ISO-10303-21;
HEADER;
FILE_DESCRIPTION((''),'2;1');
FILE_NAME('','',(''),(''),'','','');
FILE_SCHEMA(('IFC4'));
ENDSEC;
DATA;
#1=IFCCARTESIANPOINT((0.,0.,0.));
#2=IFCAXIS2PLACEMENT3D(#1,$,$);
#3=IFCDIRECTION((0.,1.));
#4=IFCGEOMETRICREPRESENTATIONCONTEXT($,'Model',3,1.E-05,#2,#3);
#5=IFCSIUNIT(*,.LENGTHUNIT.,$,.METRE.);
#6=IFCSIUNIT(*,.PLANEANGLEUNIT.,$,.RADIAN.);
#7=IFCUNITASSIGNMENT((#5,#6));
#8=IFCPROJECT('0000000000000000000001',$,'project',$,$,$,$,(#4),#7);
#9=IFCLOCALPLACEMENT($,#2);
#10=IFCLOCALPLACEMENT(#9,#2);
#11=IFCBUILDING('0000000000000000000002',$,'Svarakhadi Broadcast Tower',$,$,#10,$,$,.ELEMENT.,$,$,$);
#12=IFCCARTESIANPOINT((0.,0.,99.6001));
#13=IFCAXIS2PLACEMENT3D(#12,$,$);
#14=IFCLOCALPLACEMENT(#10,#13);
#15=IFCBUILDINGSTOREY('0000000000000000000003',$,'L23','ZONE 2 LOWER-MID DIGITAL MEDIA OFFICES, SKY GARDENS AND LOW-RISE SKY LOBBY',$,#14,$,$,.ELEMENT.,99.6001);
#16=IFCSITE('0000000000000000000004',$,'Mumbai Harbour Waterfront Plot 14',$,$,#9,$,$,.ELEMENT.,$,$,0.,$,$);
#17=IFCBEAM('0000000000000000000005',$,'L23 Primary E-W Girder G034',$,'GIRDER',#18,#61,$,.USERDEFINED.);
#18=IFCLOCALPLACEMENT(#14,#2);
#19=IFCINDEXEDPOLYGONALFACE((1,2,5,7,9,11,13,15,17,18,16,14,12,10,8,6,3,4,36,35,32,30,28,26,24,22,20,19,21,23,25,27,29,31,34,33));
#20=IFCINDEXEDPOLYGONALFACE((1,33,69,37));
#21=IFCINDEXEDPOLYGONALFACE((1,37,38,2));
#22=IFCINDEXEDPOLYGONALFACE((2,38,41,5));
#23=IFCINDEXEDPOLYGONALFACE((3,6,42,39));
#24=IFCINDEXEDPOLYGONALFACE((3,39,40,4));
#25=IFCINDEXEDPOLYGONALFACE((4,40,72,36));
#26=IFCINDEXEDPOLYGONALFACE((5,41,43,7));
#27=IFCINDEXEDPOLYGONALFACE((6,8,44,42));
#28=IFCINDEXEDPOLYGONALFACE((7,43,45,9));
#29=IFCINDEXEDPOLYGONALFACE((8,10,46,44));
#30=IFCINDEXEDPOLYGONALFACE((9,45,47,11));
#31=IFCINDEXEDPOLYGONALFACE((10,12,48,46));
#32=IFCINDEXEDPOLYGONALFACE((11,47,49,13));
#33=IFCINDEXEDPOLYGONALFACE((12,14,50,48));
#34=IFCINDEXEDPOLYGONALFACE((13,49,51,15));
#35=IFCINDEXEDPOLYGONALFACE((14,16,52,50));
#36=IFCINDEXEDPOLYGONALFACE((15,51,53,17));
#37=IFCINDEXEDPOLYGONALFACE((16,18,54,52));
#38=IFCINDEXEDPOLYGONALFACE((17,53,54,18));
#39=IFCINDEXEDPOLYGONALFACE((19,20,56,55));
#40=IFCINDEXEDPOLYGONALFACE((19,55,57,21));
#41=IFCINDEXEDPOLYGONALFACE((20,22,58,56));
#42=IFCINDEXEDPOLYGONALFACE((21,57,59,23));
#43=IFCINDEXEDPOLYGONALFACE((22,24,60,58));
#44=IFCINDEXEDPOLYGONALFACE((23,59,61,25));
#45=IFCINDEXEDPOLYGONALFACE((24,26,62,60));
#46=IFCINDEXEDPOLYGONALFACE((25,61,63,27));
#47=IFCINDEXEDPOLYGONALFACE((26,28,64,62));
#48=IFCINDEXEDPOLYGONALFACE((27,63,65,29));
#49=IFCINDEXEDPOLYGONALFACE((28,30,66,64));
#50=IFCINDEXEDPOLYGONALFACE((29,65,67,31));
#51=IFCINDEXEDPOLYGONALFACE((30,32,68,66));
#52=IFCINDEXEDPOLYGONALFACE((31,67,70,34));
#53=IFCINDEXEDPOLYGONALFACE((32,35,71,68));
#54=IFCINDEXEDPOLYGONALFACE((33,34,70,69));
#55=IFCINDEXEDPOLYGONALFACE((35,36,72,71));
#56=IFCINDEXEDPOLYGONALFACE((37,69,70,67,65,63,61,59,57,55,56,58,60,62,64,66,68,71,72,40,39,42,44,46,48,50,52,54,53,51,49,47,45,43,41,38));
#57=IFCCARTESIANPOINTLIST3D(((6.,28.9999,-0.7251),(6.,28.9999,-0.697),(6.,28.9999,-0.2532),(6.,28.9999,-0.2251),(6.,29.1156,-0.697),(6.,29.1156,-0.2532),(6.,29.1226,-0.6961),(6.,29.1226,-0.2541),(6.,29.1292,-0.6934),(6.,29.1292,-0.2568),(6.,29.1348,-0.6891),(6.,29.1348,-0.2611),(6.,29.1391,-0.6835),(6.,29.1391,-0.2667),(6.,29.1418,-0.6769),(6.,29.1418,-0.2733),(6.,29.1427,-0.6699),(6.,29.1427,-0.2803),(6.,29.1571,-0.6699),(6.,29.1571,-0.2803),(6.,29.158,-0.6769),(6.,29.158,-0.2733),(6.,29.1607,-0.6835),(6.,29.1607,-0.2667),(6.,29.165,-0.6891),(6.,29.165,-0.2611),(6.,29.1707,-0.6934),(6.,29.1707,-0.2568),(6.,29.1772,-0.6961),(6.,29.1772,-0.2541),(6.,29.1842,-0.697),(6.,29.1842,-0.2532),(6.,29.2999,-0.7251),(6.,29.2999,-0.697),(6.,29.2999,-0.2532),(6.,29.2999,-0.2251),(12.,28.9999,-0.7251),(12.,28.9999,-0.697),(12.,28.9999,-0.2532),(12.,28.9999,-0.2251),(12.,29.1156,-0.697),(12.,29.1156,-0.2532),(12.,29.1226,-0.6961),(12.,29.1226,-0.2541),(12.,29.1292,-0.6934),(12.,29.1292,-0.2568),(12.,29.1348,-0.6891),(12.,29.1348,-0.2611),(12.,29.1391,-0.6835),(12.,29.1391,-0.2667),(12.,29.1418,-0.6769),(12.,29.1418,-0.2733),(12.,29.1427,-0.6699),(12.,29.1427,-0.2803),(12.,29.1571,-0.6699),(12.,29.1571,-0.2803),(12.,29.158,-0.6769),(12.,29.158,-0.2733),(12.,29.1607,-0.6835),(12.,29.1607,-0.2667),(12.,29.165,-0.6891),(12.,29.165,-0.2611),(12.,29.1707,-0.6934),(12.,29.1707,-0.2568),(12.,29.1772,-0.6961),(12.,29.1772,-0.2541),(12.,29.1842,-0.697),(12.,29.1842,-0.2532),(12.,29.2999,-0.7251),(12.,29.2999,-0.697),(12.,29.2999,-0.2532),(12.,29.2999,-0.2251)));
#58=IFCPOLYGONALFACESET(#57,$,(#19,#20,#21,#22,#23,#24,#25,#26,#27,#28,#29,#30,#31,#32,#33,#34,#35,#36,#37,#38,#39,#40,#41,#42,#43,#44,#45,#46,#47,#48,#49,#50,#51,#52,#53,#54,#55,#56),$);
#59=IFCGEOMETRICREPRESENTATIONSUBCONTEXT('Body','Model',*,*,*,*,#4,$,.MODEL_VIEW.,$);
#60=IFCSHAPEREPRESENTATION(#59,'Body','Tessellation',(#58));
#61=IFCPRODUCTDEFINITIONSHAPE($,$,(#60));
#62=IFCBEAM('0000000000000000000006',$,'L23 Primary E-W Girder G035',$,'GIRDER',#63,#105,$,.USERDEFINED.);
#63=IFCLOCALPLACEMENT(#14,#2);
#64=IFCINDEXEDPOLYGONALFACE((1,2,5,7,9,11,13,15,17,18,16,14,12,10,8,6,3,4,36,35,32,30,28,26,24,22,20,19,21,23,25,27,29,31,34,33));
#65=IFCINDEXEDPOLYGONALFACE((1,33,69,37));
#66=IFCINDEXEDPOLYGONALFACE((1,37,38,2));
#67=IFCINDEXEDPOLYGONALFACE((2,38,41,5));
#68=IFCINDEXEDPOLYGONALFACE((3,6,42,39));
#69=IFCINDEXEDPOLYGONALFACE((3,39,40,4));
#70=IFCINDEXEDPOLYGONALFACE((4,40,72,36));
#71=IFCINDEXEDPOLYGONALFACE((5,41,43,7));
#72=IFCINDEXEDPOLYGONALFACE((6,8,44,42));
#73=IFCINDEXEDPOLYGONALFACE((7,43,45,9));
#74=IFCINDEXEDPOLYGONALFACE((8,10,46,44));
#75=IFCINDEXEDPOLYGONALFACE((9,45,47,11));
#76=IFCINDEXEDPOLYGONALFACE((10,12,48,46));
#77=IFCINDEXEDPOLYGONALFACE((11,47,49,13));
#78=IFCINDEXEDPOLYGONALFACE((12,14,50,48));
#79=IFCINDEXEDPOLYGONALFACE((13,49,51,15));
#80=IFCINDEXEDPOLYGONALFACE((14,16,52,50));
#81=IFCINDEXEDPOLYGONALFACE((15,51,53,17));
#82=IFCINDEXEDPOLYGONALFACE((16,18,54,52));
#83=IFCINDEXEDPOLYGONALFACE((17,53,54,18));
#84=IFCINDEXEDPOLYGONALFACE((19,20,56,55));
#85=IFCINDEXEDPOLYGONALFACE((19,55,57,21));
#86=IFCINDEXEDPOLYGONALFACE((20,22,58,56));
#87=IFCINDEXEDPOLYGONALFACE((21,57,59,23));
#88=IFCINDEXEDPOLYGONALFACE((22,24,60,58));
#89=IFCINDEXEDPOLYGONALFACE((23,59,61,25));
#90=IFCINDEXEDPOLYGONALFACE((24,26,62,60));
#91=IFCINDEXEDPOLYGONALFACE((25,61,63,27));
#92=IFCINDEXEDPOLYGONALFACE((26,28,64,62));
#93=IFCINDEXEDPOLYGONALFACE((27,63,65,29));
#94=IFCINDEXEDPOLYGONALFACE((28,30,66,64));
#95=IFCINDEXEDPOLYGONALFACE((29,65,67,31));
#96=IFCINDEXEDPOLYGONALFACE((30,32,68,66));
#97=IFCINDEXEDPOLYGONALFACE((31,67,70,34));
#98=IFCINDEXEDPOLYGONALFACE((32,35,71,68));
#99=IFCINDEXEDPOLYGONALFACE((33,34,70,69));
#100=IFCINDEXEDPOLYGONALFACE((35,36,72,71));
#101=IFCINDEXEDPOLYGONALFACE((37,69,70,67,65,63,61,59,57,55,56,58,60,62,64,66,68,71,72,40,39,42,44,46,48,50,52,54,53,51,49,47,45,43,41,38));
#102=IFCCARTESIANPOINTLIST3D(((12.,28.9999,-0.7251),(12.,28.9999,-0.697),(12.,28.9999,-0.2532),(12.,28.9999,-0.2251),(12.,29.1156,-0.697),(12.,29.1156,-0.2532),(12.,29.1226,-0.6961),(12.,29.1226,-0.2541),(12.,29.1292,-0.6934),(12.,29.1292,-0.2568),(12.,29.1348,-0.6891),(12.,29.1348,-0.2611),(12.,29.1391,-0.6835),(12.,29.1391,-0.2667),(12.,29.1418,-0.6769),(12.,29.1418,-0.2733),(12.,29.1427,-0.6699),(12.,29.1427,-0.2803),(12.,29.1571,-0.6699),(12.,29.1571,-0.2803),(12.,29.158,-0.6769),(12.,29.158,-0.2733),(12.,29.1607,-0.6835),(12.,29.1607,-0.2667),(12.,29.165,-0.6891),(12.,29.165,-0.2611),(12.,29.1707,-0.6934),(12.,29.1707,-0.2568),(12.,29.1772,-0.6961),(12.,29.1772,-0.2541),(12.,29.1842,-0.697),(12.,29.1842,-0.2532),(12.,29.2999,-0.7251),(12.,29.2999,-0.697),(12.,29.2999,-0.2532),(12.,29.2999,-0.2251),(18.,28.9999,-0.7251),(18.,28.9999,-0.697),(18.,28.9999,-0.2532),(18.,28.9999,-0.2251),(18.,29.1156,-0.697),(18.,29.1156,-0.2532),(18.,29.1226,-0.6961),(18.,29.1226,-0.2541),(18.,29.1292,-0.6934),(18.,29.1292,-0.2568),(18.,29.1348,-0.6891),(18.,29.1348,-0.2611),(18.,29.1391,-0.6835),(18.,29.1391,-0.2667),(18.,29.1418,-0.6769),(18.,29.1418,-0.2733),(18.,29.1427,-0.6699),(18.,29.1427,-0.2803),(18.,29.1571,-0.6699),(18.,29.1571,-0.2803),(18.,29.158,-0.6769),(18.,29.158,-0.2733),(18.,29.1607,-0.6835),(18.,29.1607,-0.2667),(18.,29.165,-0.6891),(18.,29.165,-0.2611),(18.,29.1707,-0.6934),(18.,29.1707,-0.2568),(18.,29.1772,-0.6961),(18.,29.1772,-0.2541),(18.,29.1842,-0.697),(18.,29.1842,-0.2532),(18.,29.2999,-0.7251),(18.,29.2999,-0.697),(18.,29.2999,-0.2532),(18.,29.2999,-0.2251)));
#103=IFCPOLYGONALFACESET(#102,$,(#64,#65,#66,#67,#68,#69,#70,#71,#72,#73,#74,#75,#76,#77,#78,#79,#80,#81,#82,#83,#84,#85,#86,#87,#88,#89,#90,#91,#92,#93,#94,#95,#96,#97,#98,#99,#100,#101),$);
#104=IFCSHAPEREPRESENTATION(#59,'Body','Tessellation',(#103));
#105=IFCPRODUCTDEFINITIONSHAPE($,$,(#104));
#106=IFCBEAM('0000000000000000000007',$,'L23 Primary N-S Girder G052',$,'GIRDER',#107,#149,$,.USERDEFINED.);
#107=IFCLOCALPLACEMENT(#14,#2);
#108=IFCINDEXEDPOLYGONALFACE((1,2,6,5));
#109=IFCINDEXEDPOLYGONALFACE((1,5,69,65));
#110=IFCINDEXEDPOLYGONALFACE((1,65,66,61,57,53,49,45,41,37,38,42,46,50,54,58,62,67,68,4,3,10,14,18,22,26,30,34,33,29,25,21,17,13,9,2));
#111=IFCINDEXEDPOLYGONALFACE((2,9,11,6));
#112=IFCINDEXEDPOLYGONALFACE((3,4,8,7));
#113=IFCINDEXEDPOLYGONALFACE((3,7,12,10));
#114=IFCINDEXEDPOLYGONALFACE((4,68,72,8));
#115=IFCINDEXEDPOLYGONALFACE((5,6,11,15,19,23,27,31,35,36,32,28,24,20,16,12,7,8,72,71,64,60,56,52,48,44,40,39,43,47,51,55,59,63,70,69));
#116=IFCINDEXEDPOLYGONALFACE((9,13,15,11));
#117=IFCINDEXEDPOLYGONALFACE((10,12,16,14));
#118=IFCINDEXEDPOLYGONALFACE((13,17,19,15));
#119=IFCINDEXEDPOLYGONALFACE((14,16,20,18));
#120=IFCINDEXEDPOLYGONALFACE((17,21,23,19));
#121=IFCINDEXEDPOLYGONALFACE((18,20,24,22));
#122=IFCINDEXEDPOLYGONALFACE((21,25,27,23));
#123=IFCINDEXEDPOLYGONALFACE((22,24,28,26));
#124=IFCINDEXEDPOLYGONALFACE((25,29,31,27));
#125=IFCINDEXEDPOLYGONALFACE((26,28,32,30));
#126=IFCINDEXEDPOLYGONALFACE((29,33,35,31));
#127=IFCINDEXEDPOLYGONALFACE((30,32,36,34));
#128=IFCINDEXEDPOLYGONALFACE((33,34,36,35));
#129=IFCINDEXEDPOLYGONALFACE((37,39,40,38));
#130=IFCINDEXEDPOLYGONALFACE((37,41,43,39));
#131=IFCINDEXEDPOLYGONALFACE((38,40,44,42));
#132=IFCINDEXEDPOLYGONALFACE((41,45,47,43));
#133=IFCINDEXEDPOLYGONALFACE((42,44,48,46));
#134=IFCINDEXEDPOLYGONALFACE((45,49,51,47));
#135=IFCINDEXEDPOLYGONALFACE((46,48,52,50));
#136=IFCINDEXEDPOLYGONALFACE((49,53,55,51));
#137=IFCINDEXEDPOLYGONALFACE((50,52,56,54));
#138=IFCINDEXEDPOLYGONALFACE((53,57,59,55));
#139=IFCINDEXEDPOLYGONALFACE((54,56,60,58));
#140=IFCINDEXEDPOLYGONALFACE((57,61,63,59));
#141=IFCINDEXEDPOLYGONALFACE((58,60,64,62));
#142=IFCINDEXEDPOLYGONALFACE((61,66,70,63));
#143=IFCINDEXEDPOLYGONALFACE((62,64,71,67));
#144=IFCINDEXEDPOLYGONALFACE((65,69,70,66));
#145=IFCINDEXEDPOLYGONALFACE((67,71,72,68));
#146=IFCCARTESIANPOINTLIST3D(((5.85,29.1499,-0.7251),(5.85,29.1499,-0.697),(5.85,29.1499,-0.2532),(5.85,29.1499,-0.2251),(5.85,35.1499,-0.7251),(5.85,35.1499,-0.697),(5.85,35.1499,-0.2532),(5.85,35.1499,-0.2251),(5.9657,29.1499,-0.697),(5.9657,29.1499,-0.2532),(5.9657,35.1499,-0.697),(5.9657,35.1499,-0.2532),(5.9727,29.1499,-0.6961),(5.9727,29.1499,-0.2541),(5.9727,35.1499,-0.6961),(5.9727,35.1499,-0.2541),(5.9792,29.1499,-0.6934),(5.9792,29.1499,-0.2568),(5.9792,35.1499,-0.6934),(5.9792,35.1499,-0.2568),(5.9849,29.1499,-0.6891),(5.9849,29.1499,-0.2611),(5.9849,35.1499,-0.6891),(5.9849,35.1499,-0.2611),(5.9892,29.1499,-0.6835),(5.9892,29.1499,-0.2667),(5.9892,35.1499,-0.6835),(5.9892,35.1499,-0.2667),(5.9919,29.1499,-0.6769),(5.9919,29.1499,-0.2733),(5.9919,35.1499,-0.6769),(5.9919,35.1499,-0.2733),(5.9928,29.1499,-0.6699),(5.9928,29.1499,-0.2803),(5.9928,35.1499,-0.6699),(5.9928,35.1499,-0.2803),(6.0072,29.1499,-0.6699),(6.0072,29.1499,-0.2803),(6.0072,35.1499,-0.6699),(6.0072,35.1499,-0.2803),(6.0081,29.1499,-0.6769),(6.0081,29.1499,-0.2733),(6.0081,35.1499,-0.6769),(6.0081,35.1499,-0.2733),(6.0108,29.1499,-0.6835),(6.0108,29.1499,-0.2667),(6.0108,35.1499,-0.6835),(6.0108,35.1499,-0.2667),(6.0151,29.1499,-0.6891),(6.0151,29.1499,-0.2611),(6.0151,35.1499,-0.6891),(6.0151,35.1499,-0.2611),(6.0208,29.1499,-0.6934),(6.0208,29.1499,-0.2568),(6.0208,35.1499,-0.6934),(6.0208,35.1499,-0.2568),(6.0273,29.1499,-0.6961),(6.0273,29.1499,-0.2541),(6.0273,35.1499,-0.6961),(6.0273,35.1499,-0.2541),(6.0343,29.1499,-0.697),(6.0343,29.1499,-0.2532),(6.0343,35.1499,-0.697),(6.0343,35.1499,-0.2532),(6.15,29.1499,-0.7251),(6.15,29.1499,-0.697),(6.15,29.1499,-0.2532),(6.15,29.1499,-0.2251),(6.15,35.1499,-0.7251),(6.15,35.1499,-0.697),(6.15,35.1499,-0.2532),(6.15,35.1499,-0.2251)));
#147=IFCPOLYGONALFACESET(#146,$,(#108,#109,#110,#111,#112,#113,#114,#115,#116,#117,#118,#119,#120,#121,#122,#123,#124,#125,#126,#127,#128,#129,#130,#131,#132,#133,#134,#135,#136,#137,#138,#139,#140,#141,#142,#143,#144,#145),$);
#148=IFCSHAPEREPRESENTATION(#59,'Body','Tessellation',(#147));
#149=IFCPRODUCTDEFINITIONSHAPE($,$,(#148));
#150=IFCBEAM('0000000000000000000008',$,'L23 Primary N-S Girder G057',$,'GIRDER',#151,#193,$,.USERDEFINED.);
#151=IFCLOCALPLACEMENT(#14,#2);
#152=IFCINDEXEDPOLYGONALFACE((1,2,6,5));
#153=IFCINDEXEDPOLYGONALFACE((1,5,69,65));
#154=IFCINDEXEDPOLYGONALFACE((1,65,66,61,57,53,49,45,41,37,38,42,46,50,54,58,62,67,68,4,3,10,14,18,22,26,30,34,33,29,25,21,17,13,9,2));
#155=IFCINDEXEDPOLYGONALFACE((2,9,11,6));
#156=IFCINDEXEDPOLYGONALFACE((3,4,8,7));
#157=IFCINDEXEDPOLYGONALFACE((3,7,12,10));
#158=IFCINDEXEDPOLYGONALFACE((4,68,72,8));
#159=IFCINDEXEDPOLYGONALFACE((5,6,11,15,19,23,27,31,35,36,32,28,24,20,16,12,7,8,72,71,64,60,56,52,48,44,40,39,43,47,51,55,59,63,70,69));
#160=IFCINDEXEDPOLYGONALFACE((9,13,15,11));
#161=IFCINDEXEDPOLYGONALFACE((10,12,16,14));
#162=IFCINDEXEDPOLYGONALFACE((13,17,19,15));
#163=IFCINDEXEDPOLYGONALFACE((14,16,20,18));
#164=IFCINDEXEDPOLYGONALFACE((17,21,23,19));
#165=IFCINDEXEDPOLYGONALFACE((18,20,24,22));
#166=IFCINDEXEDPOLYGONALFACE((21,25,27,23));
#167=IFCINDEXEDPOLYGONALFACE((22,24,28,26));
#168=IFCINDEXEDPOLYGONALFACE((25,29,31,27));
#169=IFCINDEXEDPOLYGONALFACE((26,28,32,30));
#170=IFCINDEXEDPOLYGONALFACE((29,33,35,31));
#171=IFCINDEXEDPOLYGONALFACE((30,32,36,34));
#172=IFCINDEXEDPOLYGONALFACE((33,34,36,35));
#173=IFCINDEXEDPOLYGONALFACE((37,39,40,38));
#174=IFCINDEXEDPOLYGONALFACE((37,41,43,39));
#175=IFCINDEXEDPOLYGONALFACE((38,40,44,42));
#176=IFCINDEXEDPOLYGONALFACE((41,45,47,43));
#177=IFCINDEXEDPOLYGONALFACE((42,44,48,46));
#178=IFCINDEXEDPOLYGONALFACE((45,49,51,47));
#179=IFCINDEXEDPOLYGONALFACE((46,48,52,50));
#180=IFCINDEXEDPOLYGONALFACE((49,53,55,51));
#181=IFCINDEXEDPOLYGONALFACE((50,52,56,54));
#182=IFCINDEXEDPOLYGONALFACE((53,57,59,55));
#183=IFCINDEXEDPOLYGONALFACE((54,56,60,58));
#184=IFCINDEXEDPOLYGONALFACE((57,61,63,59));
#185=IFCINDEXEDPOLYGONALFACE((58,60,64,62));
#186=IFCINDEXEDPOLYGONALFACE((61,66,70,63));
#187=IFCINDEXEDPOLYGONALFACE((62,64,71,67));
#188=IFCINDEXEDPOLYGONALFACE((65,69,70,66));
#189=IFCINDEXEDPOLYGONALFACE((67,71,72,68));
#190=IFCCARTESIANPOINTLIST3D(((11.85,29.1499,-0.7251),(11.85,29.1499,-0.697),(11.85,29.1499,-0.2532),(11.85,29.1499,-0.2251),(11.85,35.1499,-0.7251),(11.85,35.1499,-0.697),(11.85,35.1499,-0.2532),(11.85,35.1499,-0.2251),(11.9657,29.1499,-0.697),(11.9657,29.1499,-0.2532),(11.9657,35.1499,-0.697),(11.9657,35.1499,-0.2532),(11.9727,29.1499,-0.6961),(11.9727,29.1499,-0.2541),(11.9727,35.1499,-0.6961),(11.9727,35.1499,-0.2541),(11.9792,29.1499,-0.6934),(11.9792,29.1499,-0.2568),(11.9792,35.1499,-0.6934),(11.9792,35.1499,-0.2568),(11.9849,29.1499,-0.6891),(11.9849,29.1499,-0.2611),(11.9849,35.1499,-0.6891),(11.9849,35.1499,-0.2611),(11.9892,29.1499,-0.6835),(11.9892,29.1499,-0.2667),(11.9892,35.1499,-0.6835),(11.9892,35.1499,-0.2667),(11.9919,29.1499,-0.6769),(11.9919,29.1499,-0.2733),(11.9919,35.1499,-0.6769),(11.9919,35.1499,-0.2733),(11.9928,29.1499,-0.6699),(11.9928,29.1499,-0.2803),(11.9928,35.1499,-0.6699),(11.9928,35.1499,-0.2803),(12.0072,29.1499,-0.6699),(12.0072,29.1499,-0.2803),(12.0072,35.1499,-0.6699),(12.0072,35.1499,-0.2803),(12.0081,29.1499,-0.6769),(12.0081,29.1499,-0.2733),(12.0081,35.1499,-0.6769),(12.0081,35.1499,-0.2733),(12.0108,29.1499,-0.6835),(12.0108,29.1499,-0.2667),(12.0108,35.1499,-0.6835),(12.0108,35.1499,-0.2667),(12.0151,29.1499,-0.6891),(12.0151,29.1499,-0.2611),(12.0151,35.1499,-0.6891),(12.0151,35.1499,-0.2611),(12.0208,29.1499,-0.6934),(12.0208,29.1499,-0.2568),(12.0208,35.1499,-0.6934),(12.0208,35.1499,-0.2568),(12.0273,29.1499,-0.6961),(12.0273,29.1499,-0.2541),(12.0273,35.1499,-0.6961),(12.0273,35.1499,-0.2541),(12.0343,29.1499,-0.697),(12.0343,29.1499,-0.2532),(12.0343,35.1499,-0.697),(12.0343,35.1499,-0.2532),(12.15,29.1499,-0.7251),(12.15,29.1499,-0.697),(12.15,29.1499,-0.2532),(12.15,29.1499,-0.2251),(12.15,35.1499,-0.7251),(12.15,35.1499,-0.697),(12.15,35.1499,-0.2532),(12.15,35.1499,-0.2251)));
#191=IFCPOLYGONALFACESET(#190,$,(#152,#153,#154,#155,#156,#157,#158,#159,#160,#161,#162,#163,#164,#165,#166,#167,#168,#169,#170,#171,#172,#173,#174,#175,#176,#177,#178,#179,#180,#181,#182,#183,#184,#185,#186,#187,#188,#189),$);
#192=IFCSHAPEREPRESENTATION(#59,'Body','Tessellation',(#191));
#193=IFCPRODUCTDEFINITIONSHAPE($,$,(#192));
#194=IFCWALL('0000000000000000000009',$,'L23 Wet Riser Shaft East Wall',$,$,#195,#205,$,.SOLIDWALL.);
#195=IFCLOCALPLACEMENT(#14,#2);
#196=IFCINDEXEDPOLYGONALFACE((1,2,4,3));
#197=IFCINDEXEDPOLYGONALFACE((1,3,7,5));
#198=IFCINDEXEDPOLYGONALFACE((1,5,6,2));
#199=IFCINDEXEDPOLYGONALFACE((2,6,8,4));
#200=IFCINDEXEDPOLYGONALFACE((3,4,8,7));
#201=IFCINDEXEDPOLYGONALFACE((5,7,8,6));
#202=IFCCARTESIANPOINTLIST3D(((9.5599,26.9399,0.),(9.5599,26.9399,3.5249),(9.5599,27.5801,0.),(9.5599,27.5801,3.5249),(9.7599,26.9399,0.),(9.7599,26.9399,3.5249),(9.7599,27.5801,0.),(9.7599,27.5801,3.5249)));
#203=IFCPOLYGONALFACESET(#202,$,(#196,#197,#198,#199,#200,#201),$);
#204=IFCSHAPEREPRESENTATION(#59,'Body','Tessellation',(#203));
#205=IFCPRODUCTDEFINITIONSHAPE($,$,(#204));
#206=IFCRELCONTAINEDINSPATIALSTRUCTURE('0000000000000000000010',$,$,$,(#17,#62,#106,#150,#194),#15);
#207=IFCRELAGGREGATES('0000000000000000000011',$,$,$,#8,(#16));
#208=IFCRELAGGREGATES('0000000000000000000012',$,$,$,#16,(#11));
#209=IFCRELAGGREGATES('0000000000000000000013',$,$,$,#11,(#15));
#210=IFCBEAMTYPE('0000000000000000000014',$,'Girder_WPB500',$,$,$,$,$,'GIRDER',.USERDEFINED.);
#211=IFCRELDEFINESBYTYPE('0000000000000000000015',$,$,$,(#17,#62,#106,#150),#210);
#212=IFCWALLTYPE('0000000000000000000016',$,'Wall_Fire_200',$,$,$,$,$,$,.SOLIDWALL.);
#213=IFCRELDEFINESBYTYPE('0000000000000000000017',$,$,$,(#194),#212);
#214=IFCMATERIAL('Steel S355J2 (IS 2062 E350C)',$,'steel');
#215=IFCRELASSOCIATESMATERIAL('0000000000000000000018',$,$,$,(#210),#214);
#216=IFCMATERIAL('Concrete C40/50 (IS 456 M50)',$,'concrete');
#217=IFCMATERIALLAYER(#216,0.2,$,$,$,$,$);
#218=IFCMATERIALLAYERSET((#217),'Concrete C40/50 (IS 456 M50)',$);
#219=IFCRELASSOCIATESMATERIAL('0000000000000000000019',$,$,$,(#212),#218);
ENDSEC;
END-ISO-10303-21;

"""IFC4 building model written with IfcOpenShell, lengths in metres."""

from ifc_helpers import new_model, si_unit, direction, frame, frame_2d, origin, origin_2d, place, context, subcontext, project, spatial, rectangle, i_section, extrude, material, layer, layer_set, material_profile, profile_set, type_object, element, save


model = new_model("IFC4")

# Units and contexts
model_context = context("Model", 3, precision=1e-05, world=origin(), true_north=direction((0.0, 1.0)))
body_context = subcontext(model_context, "Body", "Model", "MODEL_VIEW")
ifc_project = project(units=[si_unit("LENGTHUNIT", "METRE"), si_unit("PLANEANGLEUNIT", "RADIAN")], contexts=[model_context])

# Site, building, storey
site_placement = place(None, origin())
site = spatial("IfcSite", under=ifc_project, at=site_placement, Name="Mumbai Harbour Waterfront Plot 14", CompositionType="ELEMENT", RefElevation=0.0)
building_placement = place(site_placement, origin())
building = spatial("IfcBuilding", under=site, at=building_placement, Name="Svarakhadi Broadcast Tower", CompositionType="ELEMENT")
storey_placement = place(building_placement, frame((0.0, 0.0, 99.6001)))
storey = spatial("IfcBuildingStorey", under=building, at=storey_placement, Name="L23", Description="ZONE 2 LOWER-MID DIGITAL MEDIA OFFICES, SKY GARDENS AND LOW-RISE SKY LOBBY", CompositionType="ELEMENT", Elevation=99.6001)

# Beams
ifc_material_1 = material(Name="Steel S355J2 (IS 2062 E350C)", Category="steel")
ifc_material_profile_1 = material_profile(ifc_material_1, i_section(OverallWidth=0.3, OverallDepth=0.5, WebThickness=0.0144, FlangeThickness=0.0281, FilletRadius=0.0271, at=origin_2d()), Name="WPB 500x300x187")
ifc_profile_set_1 = profile_set([ifc_material_profile_1], Name="Steel S355J2 (IS 2062 E350C)")
beam_type_1 = type_object("IfcBeamType", Name="Girder_WPB500", ElementType="GIRDER", PredefinedType="USERDEFINED", material=ifc_profile_set_1)
for number, where, z_axis, x_axis, name in (
    (1, (6.0, 29.1499, -0.4751), (1.0, 0.0, 0.0), (0.0, 1.0, 0.0), "L23 Primary E-W Girder G034"),
    (2, (12.0, 29.1499, -0.4751), (1.0, 0.0, 0.0), (0.0, 1.0, 0.0), "L23 Primary E-W Girder G035"),
    (3, (6.0, 29.1499, -0.4751), (0.0, 1.0, 0.0), (-1.0, 0.0, 0.0), "L23 Primary N-S Girder G052"),
    (4, (12.0, 29.1499, -0.4751), (0.0, 1.0, 0.0), (-1.0, 0.0, 0.0), "L23 Primary N-S Girder G057"),
):
    element("IfcBeam", number, at=place(storey_placement, frame(where, z_axis=z_axis, x_axis=x_axis)), inside=storey, type_object=beam_type_1, Name=name, ObjectType="GIRDER", PredefinedType="USERDEFINED", context=body_context, shape_type="SweptSolid", body=[
        extrude(i_section(OverallWidth=0.3, OverallDepth=0.5, WebThickness=0.0144, FlangeThickness=0.0281, FilletRadius=0.0271, at=origin_2d()), origin(), (0.0, 0.0, 1.0), 6.0),
    ])

# Wall
ifc_material_2 = material(Name="Concrete C40/50 (IS 456 M50)", Category="concrete")
ifc_layer_1 = layer(ifc_material_2, 0.2)
ifc_layer_set_1 = layer_set([ifc_layer_1], Name="Concrete C40/50 (IS 456 M50)")
wall_type_1 = type_object("IfcWallType", Name="Wall_Fire_200", PredefinedType="SOLIDWALL", material=ifc_layer_set_1)
wall_1_placement = place(storey_placement, frame((9.6599, 26.9399, 0.0), z_axis=(0.0, 0.0, 1.0), x_axis=(0.0, 1.0, 0.0)))
element("IfcWall", 5, at=wall_1_placement, inside=storey, type_object=wall_type_1, Name="L23 Wet Riser Shaft East Wall", PredefinedType="SOLIDWALL", context=body_context, shape_type="SweptSolid", body=[
    extrude(rectangle(XDim=0.6401, YDim=0.2, at=frame_2d((0.3201, 0.0))), origin(), (0.0, 0.0, 1.0), 3.5249),
])

save(model, "model.ifc")
